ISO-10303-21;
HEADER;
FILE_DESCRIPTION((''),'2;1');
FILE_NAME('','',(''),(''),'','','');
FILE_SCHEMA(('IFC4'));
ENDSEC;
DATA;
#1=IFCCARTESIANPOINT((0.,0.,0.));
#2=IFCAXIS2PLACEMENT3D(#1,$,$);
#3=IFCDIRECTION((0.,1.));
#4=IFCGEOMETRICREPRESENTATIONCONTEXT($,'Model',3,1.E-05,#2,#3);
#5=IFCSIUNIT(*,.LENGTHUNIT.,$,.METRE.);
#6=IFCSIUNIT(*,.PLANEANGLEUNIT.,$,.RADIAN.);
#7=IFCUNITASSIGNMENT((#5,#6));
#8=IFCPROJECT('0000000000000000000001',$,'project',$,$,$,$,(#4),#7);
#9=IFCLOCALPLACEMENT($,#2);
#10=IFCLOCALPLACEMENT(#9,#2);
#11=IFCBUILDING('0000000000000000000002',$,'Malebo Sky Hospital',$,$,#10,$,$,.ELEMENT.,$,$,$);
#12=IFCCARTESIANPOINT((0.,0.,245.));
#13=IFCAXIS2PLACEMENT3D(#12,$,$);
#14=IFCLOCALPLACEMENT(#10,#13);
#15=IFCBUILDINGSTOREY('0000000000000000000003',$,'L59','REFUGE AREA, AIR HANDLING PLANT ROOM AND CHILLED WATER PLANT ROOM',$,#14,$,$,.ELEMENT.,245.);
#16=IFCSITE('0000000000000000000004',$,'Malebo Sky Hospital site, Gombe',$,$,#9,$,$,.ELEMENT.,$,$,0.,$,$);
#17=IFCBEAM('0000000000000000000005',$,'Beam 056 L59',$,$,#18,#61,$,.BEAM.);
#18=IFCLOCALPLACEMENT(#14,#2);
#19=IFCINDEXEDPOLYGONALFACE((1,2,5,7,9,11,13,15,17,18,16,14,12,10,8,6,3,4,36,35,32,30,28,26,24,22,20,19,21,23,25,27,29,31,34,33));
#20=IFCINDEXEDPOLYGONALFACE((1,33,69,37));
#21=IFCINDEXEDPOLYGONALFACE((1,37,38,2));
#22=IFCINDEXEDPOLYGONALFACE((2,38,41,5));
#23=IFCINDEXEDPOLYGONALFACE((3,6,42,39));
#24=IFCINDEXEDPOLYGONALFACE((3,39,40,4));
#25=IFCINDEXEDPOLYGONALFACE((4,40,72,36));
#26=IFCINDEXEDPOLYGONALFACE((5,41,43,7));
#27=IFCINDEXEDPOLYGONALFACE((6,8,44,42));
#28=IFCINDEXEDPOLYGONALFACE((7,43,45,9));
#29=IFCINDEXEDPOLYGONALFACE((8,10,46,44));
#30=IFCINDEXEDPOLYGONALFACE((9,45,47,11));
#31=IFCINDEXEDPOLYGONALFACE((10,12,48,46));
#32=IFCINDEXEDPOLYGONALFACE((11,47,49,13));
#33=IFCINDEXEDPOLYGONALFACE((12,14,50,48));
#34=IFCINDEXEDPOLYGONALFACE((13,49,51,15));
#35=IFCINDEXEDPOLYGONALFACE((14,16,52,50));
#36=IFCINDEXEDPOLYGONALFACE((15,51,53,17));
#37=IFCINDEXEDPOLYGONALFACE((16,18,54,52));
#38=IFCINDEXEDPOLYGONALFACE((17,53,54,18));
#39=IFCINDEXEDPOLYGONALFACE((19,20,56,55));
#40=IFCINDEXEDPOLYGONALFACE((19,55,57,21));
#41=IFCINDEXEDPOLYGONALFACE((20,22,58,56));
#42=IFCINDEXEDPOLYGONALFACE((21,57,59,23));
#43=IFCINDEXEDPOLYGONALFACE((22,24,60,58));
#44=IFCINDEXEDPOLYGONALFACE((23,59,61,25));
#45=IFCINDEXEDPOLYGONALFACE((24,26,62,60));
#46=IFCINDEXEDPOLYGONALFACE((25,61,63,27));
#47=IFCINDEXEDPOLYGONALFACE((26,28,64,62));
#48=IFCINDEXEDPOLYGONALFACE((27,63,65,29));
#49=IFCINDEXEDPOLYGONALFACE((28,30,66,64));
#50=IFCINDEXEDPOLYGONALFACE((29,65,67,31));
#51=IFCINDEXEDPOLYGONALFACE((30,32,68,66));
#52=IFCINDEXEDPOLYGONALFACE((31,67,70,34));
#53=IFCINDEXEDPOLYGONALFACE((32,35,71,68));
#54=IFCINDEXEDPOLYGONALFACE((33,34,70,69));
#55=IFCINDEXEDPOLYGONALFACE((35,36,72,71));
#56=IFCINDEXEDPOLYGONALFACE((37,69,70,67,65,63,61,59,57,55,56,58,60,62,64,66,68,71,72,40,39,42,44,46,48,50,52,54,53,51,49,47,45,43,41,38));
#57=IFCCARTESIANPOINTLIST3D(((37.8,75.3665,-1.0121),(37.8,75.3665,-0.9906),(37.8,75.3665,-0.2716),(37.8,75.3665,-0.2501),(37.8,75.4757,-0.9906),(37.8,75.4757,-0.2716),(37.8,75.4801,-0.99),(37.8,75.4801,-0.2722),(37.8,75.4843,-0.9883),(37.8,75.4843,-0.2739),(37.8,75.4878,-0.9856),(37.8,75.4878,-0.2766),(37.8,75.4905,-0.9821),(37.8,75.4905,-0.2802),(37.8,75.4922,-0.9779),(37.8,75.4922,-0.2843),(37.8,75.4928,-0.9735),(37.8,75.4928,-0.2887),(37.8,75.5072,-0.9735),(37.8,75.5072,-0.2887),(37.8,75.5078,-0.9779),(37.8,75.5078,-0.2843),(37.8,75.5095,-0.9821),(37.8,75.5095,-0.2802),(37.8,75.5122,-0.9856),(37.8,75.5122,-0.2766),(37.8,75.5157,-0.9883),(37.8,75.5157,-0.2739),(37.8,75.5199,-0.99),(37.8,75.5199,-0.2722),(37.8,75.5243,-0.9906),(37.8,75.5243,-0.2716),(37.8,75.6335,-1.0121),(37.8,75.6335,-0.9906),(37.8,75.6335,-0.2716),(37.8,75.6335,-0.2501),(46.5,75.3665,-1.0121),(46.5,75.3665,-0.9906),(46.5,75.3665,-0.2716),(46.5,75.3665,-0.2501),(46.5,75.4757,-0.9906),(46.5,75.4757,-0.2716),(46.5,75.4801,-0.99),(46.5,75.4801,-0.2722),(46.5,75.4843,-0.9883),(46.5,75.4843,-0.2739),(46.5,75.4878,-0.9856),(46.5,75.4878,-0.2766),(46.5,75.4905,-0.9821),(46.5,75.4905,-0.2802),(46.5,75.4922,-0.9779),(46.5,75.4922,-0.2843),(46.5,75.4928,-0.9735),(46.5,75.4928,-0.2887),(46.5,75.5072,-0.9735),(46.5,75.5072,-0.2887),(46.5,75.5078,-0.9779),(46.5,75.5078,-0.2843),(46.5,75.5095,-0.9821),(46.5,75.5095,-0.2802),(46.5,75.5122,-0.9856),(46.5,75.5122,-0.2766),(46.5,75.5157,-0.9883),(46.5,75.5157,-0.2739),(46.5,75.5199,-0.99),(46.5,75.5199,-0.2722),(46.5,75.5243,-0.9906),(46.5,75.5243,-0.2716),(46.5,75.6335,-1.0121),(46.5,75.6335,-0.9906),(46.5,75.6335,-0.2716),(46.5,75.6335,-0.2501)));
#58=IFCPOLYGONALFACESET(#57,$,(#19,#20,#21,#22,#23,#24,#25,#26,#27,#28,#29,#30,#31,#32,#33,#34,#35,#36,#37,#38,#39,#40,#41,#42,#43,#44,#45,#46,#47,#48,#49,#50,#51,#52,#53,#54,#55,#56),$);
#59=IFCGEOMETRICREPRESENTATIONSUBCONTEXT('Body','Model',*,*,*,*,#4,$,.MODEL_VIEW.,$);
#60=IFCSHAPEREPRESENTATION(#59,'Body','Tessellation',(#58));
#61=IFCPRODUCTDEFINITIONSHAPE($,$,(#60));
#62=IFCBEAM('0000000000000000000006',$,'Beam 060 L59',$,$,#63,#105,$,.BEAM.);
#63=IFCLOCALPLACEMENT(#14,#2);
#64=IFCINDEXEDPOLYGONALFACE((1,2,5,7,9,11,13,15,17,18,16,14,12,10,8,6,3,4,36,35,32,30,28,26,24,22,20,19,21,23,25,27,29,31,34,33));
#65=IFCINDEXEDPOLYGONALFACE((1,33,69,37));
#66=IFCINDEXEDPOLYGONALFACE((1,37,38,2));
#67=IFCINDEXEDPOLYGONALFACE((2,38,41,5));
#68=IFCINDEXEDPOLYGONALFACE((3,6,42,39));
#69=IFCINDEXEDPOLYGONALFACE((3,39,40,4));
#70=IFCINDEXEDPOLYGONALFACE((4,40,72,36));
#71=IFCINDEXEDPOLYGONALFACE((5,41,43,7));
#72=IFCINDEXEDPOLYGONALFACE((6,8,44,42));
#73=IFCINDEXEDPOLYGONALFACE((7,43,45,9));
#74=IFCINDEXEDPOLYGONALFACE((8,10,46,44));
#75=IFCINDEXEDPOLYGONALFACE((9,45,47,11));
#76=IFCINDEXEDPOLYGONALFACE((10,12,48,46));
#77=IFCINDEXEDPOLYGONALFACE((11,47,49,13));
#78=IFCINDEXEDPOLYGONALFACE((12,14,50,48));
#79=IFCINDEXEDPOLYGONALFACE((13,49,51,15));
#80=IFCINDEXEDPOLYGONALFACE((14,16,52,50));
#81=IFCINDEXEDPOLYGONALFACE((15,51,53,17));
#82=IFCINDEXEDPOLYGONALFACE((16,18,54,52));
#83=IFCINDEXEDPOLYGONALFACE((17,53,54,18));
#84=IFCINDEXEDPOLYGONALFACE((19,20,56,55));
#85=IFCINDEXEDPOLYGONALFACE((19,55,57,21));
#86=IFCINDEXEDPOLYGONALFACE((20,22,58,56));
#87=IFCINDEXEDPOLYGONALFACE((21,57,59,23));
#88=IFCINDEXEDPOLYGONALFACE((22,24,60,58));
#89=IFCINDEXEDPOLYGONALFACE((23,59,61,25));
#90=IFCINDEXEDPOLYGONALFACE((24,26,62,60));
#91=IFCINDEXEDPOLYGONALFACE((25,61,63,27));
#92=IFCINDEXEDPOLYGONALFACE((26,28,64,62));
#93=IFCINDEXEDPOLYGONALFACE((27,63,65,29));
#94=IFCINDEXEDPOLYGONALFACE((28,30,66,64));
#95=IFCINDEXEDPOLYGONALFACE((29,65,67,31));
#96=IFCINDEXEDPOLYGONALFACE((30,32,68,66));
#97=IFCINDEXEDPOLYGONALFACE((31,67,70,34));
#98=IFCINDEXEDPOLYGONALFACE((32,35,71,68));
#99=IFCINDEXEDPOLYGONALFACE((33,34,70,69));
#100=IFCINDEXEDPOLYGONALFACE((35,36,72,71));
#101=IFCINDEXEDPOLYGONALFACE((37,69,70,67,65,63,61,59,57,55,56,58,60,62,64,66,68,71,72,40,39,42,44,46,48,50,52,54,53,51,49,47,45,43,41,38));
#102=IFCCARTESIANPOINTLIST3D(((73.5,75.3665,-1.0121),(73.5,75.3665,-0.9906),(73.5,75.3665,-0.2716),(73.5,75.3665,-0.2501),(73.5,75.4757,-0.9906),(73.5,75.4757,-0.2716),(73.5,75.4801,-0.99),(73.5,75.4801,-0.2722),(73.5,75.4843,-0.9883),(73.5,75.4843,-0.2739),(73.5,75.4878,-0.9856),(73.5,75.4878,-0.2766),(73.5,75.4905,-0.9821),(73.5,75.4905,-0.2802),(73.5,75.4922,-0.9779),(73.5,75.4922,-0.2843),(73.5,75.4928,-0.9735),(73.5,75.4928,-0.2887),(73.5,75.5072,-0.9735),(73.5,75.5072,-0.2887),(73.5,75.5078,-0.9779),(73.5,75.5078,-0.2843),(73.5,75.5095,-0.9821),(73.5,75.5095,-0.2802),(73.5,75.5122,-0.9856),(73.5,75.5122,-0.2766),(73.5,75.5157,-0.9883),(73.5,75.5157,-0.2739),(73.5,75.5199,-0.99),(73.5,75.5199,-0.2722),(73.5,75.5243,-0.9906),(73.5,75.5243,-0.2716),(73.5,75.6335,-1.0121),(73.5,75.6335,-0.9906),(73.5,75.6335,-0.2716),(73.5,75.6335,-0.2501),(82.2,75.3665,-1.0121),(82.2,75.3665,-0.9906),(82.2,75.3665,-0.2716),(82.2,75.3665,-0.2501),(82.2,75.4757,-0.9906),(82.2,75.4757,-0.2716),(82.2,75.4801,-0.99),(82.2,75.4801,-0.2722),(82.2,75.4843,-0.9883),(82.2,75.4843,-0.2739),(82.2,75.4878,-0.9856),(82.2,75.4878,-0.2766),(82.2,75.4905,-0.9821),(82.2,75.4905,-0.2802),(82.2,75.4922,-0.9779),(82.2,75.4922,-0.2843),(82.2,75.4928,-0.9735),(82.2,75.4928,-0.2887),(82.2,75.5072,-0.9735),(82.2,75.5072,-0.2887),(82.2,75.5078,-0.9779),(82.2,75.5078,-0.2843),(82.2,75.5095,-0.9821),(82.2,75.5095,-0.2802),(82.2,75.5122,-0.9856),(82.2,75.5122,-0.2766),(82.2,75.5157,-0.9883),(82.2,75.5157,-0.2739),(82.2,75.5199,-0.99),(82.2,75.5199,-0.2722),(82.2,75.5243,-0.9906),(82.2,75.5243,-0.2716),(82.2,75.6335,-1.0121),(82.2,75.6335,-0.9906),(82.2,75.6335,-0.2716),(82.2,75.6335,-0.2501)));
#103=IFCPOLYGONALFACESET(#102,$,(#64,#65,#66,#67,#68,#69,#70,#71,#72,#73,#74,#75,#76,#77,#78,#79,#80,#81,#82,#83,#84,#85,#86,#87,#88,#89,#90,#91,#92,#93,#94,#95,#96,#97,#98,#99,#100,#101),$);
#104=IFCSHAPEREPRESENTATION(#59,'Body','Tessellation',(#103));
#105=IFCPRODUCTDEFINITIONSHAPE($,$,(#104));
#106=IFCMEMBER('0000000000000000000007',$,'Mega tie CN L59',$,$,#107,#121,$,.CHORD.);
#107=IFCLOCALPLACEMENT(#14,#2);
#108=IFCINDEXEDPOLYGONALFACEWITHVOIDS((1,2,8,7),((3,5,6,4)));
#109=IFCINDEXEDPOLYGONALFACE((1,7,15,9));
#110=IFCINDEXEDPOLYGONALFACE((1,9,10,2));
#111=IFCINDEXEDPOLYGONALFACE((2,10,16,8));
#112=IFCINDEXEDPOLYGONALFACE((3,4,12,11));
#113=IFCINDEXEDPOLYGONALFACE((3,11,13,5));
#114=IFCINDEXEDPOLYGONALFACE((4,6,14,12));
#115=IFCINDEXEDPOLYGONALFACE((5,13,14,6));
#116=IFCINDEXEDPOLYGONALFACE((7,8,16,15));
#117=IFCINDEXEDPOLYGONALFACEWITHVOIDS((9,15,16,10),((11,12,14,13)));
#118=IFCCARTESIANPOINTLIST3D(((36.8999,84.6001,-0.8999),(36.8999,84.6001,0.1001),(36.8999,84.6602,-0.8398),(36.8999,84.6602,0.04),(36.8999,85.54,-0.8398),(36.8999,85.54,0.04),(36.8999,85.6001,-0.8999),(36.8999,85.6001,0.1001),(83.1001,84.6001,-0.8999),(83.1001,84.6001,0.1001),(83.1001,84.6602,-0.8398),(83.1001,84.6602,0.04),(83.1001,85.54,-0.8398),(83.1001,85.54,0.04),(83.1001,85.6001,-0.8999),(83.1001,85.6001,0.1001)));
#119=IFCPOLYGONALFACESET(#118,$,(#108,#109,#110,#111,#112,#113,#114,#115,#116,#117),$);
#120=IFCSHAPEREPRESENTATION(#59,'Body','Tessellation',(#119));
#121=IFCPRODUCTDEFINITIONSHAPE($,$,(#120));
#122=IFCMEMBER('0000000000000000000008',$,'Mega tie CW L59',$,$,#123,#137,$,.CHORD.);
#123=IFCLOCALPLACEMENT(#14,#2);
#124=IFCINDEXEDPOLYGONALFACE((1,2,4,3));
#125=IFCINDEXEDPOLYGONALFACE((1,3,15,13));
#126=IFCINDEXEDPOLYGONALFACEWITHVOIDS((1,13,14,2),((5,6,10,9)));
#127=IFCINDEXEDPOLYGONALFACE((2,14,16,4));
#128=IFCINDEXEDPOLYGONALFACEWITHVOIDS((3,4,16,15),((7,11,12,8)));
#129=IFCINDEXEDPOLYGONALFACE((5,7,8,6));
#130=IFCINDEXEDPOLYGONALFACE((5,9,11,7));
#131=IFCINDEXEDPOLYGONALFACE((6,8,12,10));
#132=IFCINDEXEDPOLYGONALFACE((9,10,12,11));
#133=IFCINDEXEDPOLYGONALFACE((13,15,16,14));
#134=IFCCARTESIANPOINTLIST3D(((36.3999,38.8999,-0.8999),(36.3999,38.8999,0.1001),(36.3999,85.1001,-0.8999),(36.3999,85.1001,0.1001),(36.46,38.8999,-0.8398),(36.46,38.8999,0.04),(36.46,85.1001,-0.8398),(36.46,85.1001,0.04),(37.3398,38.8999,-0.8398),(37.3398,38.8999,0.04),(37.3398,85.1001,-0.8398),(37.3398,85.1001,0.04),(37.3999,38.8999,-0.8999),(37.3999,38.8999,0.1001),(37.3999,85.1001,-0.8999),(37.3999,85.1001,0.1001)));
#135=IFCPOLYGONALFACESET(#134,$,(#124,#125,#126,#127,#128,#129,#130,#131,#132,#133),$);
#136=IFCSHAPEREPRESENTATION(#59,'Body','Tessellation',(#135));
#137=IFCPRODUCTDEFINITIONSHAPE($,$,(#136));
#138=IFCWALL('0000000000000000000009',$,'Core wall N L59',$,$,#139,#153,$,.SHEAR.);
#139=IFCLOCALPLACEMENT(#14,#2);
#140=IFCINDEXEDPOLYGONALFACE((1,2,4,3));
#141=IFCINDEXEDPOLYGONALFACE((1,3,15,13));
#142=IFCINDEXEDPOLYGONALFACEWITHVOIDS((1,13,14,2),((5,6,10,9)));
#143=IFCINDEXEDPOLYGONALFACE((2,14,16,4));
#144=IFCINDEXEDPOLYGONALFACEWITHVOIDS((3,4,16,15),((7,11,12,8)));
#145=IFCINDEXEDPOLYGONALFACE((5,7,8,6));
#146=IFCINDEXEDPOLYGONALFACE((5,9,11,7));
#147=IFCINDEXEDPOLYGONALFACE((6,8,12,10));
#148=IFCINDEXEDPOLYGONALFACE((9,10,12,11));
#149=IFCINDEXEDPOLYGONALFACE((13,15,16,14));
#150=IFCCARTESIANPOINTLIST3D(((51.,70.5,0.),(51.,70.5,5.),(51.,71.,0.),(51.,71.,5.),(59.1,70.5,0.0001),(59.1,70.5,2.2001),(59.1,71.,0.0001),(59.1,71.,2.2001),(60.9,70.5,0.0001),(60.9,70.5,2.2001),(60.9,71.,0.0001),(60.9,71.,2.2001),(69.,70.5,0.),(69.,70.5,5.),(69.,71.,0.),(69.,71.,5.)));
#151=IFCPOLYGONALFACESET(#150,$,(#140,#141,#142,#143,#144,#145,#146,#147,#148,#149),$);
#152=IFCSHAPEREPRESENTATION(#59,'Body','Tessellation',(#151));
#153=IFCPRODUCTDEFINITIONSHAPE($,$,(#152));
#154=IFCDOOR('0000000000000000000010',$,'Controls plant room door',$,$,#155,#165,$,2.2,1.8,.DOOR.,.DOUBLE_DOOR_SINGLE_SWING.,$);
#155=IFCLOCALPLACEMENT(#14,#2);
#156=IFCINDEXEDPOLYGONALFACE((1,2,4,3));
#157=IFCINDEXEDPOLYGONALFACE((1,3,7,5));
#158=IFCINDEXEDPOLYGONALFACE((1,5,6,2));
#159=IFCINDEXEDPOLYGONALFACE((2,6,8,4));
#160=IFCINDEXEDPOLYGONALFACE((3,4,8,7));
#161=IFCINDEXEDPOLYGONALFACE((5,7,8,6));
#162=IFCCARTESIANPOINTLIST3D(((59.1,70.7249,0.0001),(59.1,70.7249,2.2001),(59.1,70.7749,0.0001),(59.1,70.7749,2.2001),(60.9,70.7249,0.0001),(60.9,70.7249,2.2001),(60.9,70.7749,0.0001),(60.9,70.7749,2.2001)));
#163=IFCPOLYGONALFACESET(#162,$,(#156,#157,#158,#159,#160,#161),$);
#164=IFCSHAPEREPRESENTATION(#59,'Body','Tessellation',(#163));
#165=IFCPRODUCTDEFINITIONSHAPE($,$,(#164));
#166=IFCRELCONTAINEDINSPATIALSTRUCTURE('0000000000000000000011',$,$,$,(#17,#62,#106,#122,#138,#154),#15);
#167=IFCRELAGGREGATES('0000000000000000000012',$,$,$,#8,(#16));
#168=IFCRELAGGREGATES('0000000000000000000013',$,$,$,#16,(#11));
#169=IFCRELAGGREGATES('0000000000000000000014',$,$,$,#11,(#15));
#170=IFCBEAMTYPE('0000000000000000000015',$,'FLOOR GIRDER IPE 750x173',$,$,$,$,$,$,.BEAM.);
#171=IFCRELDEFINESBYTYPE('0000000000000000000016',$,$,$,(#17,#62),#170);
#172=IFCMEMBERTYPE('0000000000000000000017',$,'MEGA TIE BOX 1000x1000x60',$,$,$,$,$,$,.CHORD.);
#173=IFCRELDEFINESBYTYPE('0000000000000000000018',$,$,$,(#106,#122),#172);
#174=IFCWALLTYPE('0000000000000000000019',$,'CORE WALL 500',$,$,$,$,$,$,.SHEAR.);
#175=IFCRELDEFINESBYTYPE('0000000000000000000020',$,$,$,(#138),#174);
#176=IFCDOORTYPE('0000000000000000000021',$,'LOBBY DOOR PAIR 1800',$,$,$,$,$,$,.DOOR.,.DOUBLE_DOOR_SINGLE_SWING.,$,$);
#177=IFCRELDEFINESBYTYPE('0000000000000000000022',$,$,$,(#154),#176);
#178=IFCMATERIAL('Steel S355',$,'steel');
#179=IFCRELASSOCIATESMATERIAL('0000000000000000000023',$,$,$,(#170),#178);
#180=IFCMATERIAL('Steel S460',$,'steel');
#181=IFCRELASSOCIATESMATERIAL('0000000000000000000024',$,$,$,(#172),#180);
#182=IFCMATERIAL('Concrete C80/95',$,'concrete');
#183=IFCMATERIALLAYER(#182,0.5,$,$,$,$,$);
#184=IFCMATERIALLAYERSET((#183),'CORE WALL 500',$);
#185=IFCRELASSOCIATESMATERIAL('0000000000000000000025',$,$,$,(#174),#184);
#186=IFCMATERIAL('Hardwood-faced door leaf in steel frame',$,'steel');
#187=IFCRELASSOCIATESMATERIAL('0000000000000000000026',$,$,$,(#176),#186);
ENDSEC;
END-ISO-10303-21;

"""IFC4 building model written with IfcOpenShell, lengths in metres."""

from ifc_helpers import new_model, si_unit, direction, frame, frame_2d, origin, origin_2d, place, context, subcontext, project, spatial, rectangle, hollow_rectangle, i_section, extrude, material, layer, layer_set, material_profile, profile_set, type_object, element, fill, save


model = new_model("IFC4")

# Units and contexts
model_context = context("Model", 3, precision=1e-05, world=origin(), true_north=direction((0.0, 1.0)))
body_context = subcontext(model_context, "Body", "Model", "MODEL_VIEW")
ifc_project = project(units=[si_unit("LENGTHUNIT", "METRE"), si_unit("PLANEANGLEUNIT", "RADIAN")], contexts=[model_context])

# Site, building, storey
site_placement = place(None, origin())
site = spatial("IfcSite", under=ifc_project, at=site_placement, Name="Malebo Sky Hospital site, Gombe", CompositionType="ELEMENT", RefElevation=0.0)
building_placement = place(site_placement, origin())
building = spatial("IfcBuilding", under=site, at=building_placement, Name="Malebo Sky Hospital", CompositionType="ELEMENT")
storey_placement = place(building_placement, frame((0.0, 0.0, 245.0)))
storey = spatial("IfcBuildingStorey", under=building, at=storey_placement, Name="L59", Description="REFUGE AREA, AIR HANDLING PLANT ROOM AND CHILLED WATER PLANT ROOM", CompositionType="ELEMENT", Elevation=245.0)

# Shared definitions
ifc_material_1 = material(Name="Steel S460", Category="steel")

# Beams
ifc_material_2 = material(Name="Steel S355", Category="steel")
ifc_material_profile_1 = material_profile(ifc_material_2, i_section(OverallWidth=0.2671, OverallDepth=0.762, WebThickness=0.0144, FlangeThickness=0.0215, FilletRadius=0.0171, at=origin_2d()), Name="IPE 750x173")
ifc_profile_set_1 = profile_set([ifc_material_profile_1], Name="Steel S355")
beam_type_1 = type_object("IfcBeamType", Name="FLOOR GIRDER IPE 750x173", PredefinedType="BEAM", material=ifc_profile_set_1)
for number, where, z_axis, x_axis, name in (
    (1, (37.8, 75.5, -0.6311), (1.0, 0.0, 0.0), (0.0, 1.0, 0.0), "Beam 056 L59"),
    (2, (73.5, 75.5, -0.6311), (1.0, 0.0, 0.0), (0.0, 1.0, 0.0), "Beam 060 L59"),
):
    element("IfcBeam", number, at=place(storey_placement, frame(where, z_axis=z_axis, x_axis=x_axis)), inside=storey, type_object=beam_type_1, Name=name, PredefinedType="BEAM", context=body_context, shape_type="SweptSolid", body=[
        extrude(i_section(OverallWidth=0.2671, OverallDepth=0.762, WebThickness=0.0144, FlangeThickness=0.0215, FilletRadius=0.0171, at=origin_2d()), origin(), (0.0, 0.0, 1.0), 8.7),
    ])

# Members
ifc_material_profile_2 = material_profile(ifc_material_1, hollow_rectangle(XDim=1.0, YDim=1.0, WallThickness=0.0601, at=origin_2d()), Name="BOX 1000x1000x60")
ifc_profile_set_2 = profile_set([ifc_material_profile_2], Name="Steel S460")
member_type_1 = type_object("IfcMemberType", Name="MEGA TIE BOX 1000x1000x60", PredefinedType="CHORD", material=ifc_profile_set_2)
for number, where, z_axis, x_axis, name in (
    (3, (83.1001, 85.1001, -0.3999), (-1.0, 0.0, 0.0), (0.0, -1.0, 0.0), "Mega tie CN L59"),
    (4, (36.8999, 85.1001, -0.3999), (0.0, -1.0, 0.0), (1.0, 0.0, 0.0), "Mega tie CW L59"),
):
    element("IfcMember", number, at=place(storey_placement, frame(where, z_axis=z_axis, x_axis=x_axis)), inside=storey, type_object=member_type_1, Name=name, PredefinedType="CHORD", context=body_context, shape_type="SweptSolid", body=[
        extrude(hollow_rectangle(XDim=1.0, YDim=1.0, WallThickness=0.0601, at=origin_2d()), origin(), (0.0, 0.0, 1.0), 46.2002),
    ])

# Wall, opening, door
ifc_material_3 = material(Name="Concrete C80/95", Category="concrete")
ifc_layer = layer(ifc_material_3, 0.5)
ifc_layer_set = layer_set([ifc_layer], Name="CORE WALL 500")
wall_type = type_object("IfcWallType", Name="CORE WALL 500", PredefinedType="SHEAR", material=ifc_layer_set)
wall_placement = place(storey_placement, frame((51.0, 70.75, 0.0), z_axis=(0.0, 0.0, 1.0), x_axis=(1.0, 0.0, 0.0)))
wall = element("IfcWall", 5, at=wall_placement, inside=storey, type_object=wall_type, Name="Core wall N L59", PredefinedType="SHEAR", context=body_context, shape_type="SweptSolid", body=[
    extrude(rectangle(XDim=18.0, YDim=0.5, at=frame_2d((9.0, 0.0))), origin(), (0.0, 0.0, 1.0), 5.0),
])
opening_placement = place(wall_placement, frame((8.1001, 0.0, 0.0)))
opening = element("IfcOpeningElement", 6, at=opening_placement, cuts=wall, PredefinedType="OPENING", context=body_context, shape_type="SweptSolid", body=[
    extrude(rectangle(XDim=1.8, YDim=2.2, at=frame_2d((0.8999, 1.1001))), frame((0.0, 0.26, 0.0), z_axis=(0.0, -1.0, 0.0), x_axis=(1.0, 0.0, 0.0)), (0.0, 0.0, 1.0), 0.52),
])
ifc_material_4 = material(Name="Hardwood-faced door leaf in steel frame", Category="steel")
door_type = type_object("IfcDoorType", Name="LOBBY DOOR PAIR 1800", OperationType="DOUBLE_DOOR_SINGLE_SWING", PredefinedType="DOOR", material=ifc_material_4)
door_placement = place(opening_placement, origin())
door = element("IfcDoor", 7, at=door_placement, inside=storey, type_object=door_type, Name="Controls plant room door", OperationType="DOUBLE_DOOR_SINGLE_SWING", OverallHeight=2.2, OverallWidth=1.8, PredefinedType="DOOR", context=body_context, shape_type="SweptSolid", body=[
    extrude(rectangle(XDim=1.8, YDim=2.2, at=frame_2d((0.8999, 1.1001))), frame((0.0, 0.0249, 0.0), z_axis=(0.0, -1.0, 0.0), x_axis=(1.0, 0.0, 0.0)), (0.0, 0.0, 1.0), 0.05),
])
fill(opening, door)

save(model, "model.ifc")
